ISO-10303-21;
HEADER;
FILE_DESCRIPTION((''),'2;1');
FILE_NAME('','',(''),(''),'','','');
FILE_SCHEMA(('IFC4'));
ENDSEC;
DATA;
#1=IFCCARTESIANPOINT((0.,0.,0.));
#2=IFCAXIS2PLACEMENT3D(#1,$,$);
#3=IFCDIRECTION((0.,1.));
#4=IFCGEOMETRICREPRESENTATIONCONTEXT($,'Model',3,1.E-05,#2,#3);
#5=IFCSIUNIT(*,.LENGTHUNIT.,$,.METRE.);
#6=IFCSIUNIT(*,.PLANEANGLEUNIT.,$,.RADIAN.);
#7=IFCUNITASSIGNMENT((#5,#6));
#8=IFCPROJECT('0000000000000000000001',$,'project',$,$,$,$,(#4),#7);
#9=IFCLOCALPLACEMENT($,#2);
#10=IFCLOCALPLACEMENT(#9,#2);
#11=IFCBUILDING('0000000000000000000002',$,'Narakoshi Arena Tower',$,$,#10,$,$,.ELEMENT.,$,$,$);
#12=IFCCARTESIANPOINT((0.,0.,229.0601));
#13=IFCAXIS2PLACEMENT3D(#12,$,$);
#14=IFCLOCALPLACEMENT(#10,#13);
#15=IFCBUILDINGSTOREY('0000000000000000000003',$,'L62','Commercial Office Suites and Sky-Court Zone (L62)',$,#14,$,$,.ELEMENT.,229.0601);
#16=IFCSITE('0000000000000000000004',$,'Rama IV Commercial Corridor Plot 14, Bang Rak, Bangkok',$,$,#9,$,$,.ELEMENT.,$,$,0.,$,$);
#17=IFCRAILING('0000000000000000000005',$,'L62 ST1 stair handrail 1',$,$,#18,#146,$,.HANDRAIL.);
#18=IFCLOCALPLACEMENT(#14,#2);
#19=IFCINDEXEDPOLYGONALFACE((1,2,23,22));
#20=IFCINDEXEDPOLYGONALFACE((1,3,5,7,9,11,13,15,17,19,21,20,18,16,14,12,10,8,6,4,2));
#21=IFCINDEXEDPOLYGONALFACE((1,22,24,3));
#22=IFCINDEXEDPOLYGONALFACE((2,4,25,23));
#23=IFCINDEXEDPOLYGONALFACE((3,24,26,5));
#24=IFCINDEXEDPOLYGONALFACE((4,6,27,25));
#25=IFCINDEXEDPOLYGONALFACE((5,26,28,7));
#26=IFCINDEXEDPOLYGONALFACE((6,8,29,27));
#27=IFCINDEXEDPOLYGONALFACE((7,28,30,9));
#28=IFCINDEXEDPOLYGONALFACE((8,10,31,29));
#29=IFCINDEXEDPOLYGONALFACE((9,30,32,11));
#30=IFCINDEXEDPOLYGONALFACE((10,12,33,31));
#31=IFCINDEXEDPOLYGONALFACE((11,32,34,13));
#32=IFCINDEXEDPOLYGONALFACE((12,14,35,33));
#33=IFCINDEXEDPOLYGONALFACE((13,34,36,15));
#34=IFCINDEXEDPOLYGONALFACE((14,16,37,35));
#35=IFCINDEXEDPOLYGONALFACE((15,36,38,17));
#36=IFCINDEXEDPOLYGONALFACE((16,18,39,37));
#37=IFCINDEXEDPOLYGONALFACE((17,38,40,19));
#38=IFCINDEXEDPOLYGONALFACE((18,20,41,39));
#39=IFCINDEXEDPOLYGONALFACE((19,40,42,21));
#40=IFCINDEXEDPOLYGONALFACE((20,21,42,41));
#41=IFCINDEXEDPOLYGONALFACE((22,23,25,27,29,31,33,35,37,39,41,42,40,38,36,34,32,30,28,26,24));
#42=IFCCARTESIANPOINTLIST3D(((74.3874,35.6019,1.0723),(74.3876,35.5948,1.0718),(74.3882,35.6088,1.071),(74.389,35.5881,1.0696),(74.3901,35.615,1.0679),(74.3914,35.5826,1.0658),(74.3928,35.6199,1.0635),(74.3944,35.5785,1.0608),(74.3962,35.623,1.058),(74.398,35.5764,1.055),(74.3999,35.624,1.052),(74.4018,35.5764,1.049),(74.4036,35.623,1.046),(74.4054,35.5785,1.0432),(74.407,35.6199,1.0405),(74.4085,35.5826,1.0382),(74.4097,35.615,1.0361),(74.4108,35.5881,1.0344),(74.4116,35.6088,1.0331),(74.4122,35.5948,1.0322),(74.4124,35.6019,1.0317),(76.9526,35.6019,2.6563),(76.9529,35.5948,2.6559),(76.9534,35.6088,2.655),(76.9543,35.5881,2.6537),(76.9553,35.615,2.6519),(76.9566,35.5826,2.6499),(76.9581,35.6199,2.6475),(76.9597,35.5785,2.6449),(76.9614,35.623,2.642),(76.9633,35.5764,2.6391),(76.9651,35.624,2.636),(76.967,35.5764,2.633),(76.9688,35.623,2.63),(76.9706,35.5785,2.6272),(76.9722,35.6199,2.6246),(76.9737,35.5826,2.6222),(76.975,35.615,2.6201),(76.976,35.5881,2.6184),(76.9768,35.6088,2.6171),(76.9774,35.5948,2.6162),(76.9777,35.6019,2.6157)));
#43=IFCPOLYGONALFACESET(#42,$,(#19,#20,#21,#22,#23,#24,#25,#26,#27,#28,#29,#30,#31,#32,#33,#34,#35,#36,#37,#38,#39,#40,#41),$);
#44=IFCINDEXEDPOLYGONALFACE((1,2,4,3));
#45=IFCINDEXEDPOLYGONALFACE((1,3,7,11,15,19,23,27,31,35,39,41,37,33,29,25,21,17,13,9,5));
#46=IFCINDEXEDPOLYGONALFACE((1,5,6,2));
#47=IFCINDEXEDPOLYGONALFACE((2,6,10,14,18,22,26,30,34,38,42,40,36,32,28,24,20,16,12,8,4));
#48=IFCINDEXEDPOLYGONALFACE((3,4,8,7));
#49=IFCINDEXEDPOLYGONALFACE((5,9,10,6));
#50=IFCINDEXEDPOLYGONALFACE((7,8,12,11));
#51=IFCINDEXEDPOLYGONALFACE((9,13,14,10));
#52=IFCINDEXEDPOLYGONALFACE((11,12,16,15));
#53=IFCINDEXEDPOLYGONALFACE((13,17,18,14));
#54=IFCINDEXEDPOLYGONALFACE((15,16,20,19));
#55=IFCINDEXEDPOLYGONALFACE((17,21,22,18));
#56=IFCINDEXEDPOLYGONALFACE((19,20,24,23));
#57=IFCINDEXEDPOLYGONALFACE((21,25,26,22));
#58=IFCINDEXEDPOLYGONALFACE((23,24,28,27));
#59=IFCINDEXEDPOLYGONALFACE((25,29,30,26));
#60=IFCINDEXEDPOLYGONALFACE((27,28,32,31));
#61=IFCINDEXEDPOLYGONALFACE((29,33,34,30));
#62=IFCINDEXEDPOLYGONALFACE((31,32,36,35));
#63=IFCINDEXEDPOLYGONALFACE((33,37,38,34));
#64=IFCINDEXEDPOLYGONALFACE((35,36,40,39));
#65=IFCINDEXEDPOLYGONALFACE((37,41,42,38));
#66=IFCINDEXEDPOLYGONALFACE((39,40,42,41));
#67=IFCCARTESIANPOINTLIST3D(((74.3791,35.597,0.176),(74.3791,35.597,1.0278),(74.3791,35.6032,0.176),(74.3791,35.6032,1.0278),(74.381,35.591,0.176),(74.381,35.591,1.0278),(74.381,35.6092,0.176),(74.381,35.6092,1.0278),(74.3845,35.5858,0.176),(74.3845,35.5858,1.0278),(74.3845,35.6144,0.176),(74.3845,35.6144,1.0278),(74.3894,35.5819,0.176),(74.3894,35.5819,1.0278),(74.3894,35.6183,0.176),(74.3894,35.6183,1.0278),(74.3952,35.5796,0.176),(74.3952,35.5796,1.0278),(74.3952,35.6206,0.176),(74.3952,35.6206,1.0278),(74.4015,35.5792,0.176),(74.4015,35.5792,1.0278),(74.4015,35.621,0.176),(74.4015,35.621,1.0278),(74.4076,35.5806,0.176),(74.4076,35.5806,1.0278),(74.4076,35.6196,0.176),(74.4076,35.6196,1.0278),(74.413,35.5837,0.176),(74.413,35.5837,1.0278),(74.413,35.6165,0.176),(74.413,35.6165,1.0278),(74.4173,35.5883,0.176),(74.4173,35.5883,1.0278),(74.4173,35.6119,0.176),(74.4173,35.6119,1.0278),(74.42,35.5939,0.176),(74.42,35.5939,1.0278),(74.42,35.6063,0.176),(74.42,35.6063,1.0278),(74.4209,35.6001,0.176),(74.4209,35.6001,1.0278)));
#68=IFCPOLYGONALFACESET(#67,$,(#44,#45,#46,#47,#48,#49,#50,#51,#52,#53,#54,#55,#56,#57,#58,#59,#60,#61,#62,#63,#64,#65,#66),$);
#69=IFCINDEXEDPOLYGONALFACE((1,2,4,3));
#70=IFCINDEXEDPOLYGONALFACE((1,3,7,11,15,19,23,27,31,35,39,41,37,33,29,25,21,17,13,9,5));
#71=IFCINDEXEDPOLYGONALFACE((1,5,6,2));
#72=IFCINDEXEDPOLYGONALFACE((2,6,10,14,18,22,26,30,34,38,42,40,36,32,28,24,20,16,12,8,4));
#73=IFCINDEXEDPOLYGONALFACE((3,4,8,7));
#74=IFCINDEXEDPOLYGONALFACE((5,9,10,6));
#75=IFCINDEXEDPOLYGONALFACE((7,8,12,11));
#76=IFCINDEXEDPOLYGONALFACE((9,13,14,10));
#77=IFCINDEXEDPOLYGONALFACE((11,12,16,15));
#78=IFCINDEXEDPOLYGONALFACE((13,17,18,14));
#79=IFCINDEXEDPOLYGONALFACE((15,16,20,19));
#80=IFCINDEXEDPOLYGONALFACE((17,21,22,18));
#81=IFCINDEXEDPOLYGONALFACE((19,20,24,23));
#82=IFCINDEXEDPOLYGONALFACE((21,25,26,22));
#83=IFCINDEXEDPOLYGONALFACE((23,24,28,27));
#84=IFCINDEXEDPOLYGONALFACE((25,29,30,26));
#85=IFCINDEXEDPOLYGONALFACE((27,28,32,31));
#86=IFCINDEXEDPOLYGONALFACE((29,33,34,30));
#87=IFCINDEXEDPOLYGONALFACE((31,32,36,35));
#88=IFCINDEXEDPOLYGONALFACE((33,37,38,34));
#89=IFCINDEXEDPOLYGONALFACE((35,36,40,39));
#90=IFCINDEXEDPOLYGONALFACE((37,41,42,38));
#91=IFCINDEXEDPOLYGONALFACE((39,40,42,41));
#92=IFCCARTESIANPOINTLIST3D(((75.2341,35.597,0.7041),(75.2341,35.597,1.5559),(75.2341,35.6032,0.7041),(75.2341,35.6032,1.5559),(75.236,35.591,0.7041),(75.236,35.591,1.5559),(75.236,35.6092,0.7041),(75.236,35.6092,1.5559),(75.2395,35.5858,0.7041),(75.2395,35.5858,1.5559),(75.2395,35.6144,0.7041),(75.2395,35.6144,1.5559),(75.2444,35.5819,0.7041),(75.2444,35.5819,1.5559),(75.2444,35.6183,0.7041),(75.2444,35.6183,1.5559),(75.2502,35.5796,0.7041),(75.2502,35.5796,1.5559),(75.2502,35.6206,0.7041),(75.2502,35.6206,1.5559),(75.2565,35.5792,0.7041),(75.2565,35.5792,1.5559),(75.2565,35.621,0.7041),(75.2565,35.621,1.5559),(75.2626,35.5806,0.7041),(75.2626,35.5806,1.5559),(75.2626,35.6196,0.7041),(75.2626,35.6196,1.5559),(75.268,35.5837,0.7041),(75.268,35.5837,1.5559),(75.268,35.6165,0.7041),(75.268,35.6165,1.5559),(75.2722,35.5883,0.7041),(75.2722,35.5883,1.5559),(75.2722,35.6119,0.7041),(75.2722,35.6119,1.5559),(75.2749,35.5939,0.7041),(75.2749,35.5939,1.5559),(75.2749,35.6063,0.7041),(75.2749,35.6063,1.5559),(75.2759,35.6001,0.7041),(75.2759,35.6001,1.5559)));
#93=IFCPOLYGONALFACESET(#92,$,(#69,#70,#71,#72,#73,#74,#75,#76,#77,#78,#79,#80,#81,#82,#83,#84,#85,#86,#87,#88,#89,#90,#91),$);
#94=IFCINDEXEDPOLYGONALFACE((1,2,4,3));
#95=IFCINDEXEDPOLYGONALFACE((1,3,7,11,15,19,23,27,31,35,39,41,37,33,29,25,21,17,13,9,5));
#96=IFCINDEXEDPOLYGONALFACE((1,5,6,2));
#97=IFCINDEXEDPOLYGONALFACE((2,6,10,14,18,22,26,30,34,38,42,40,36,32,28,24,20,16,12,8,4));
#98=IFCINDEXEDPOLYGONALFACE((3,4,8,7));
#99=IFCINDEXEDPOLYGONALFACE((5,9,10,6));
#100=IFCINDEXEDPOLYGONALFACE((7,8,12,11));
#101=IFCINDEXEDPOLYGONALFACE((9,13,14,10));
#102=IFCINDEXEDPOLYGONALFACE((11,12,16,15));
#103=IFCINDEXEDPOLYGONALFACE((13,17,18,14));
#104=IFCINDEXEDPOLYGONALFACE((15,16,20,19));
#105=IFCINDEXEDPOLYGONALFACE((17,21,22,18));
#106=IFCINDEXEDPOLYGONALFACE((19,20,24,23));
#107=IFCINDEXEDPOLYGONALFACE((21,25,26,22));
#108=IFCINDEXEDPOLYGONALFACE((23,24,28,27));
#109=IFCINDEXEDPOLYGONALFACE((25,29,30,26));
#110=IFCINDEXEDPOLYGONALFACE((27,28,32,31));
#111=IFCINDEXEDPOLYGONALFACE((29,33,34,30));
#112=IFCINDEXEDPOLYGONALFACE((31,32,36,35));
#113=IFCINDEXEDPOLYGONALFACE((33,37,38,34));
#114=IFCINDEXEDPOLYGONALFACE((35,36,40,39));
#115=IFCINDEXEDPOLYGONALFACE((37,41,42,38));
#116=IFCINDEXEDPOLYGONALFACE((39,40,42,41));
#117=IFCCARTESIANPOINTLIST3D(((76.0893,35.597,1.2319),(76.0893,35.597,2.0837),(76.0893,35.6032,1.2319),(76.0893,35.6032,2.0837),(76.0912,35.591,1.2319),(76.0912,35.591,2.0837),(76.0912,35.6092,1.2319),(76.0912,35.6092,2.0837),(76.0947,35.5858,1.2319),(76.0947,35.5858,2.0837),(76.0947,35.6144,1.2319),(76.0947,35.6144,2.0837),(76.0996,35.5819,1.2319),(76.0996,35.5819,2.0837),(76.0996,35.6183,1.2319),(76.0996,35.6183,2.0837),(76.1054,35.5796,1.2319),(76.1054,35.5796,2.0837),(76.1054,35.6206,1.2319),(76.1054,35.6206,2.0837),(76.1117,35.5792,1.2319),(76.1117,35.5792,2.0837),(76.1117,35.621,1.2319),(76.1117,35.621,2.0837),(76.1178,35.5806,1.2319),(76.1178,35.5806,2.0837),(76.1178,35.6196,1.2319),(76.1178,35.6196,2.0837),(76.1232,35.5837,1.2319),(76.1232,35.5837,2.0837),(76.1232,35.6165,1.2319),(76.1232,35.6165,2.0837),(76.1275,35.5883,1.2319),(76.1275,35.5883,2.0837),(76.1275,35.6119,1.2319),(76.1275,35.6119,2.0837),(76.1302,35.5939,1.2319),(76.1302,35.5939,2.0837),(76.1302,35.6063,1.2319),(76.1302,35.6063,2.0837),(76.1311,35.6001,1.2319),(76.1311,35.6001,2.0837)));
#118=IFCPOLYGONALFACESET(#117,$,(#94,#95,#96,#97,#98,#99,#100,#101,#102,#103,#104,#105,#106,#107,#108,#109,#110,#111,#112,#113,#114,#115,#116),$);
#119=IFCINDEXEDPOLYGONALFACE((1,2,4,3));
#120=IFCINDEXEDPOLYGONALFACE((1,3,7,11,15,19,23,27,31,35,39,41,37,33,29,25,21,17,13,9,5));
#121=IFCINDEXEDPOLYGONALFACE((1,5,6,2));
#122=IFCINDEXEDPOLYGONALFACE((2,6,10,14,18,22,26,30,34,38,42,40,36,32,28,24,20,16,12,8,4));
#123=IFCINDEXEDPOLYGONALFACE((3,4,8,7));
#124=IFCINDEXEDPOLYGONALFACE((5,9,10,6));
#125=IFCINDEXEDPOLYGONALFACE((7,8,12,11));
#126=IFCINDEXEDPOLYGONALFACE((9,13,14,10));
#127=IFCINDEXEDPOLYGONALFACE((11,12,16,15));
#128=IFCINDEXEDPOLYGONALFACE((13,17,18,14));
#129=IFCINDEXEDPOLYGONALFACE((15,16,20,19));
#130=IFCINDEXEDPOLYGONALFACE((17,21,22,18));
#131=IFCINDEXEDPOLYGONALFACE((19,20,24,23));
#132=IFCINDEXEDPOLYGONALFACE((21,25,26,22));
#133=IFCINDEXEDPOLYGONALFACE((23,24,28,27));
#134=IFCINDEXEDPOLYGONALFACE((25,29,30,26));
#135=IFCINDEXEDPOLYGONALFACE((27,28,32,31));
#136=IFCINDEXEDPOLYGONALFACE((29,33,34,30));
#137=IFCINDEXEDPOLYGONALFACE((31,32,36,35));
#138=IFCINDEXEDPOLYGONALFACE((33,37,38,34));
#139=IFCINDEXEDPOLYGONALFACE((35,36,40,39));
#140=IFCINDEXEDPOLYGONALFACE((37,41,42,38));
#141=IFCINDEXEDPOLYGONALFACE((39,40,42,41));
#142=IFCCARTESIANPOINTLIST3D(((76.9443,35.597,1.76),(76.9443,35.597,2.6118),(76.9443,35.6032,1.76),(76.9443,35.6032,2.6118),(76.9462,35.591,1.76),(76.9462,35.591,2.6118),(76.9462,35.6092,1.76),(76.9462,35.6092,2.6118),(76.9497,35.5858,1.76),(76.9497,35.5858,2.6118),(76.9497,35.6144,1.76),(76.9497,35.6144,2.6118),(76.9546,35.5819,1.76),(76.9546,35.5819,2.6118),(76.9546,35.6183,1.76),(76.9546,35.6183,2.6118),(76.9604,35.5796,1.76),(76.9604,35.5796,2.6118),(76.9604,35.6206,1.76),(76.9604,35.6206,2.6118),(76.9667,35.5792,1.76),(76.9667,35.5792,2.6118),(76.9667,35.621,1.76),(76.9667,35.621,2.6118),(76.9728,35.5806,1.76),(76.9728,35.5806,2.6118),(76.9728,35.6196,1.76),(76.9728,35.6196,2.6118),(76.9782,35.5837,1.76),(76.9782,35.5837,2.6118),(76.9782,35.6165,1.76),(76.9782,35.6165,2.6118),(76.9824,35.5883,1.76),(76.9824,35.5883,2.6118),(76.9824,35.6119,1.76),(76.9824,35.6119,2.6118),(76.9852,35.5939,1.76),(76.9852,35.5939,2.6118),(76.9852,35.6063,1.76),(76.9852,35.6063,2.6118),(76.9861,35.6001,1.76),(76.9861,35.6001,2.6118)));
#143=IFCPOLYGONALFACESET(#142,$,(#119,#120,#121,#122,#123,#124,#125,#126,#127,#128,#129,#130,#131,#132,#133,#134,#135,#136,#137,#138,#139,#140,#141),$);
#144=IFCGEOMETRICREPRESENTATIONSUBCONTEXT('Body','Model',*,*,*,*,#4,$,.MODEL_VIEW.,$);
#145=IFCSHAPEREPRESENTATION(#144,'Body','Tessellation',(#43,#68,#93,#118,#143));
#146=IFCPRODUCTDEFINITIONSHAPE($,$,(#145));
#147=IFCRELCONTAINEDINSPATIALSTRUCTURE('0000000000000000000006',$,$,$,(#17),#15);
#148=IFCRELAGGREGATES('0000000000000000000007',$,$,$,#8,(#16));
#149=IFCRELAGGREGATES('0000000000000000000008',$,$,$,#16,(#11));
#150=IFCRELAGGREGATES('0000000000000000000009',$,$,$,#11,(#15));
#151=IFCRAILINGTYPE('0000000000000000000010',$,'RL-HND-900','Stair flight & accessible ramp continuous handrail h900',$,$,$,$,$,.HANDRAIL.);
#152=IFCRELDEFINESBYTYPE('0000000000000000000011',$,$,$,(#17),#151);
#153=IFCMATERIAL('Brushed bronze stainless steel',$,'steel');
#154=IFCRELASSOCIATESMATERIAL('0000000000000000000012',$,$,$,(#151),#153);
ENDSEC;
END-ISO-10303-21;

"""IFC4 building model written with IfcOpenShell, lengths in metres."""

from ifc_helpers import new_model, si_unit, direction, frame, origin, origin_2d, place, context, subcontext, project, spatial, circle, extrude, material, type_object, element, save


model = new_model("IFC4")

# Units and contexts
model_context = context("Model", 3, precision=1e-05, world=origin(), true_north=direction((0.0, 1.0)))
body_context = subcontext(model_context, "Body", "Model", "MODEL_VIEW")
ifc_project = project(units=[si_unit("LENGTHUNIT", "METRE"), si_unit("PLANEANGLEUNIT", "RADIAN")], contexts=[model_context])

# Site, building, storey
site_placement = place(None, origin())
site = spatial("IfcSite", under=ifc_project, at=site_placement, Name="Rama IV Commercial Corridor Plot 14, Bang Rak, Bangkok", CompositionType="ELEMENT", RefElevation=0.0)
building_placement = place(site_placement, origin())
building = spatial("IfcBuilding", under=site, at=building_placement, Name="Narakoshi Arena Tower", CompositionType="ELEMENT")
storey_placement = place(building_placement, frame((0.0, 0.0, 229.0601)))
storey = spatial("IfcBuildingStorey", under=building, at=storey_placement, Name="L62", Description="Commercial Office Suites and Sky-Court Zone (L62)", CompositionType="ELEMENT", Elevation=229.0601)

# Railing
ifc_material_1 = material(Name="Brushed bronze stainless steel", Category="steel")
railing_type_1 = type_object("IfcRailingType", Name="RL-HND-900", Description="Stair flight & accessible ramp continuous handrail h900", PredefinedType="HANDRAIL", material=ifc_material_1)
railing_1_placement = place(storey_placement, frame((74.3999, 35.6001, 0.176)))
element("IfcRailing", 1, at=railing_1_placement, inside=storey, type_object=railing_type_1, Name="L62 ST1 stair handrail 1", PredefinedType="HANDRAIL", context=body_context, shape_type="SweptSolid", body=[
    extrude(circle(Radius=0.0239, at=origin_2d()), frame((0.0, 0.0, 0.876), z_axis=(0.850857, 0.0, 0.525398), x_axis=(0.0, 1.0, 0.0)), (0.0, 0.0, 1.0), 3.0149),
    extrude(circle(Radius=0.021, at=origin_2d()), origin(), (0.0, 0.0, 1.0), 0.8518),
    extrude(circle(Radius=0.021, at=origin_2d()), frame((0.855, 0.0, 0.5281)), (0.0, 0.0, 1.0), 0.8518),
    extrude(circle(Radius=0.021, at=origin_2d()), frame((1.7102, 0.0, 1.0559)), (0.0, 0.0, 1.0), 0.8518),
    extrude(circle(Radius=0.021, at=origin_2d()), frame((2.5652, 0.0, 1.584)), (0.0, 0.0, 1.0), 0.8518),
])

save(model, "model.ifc")
